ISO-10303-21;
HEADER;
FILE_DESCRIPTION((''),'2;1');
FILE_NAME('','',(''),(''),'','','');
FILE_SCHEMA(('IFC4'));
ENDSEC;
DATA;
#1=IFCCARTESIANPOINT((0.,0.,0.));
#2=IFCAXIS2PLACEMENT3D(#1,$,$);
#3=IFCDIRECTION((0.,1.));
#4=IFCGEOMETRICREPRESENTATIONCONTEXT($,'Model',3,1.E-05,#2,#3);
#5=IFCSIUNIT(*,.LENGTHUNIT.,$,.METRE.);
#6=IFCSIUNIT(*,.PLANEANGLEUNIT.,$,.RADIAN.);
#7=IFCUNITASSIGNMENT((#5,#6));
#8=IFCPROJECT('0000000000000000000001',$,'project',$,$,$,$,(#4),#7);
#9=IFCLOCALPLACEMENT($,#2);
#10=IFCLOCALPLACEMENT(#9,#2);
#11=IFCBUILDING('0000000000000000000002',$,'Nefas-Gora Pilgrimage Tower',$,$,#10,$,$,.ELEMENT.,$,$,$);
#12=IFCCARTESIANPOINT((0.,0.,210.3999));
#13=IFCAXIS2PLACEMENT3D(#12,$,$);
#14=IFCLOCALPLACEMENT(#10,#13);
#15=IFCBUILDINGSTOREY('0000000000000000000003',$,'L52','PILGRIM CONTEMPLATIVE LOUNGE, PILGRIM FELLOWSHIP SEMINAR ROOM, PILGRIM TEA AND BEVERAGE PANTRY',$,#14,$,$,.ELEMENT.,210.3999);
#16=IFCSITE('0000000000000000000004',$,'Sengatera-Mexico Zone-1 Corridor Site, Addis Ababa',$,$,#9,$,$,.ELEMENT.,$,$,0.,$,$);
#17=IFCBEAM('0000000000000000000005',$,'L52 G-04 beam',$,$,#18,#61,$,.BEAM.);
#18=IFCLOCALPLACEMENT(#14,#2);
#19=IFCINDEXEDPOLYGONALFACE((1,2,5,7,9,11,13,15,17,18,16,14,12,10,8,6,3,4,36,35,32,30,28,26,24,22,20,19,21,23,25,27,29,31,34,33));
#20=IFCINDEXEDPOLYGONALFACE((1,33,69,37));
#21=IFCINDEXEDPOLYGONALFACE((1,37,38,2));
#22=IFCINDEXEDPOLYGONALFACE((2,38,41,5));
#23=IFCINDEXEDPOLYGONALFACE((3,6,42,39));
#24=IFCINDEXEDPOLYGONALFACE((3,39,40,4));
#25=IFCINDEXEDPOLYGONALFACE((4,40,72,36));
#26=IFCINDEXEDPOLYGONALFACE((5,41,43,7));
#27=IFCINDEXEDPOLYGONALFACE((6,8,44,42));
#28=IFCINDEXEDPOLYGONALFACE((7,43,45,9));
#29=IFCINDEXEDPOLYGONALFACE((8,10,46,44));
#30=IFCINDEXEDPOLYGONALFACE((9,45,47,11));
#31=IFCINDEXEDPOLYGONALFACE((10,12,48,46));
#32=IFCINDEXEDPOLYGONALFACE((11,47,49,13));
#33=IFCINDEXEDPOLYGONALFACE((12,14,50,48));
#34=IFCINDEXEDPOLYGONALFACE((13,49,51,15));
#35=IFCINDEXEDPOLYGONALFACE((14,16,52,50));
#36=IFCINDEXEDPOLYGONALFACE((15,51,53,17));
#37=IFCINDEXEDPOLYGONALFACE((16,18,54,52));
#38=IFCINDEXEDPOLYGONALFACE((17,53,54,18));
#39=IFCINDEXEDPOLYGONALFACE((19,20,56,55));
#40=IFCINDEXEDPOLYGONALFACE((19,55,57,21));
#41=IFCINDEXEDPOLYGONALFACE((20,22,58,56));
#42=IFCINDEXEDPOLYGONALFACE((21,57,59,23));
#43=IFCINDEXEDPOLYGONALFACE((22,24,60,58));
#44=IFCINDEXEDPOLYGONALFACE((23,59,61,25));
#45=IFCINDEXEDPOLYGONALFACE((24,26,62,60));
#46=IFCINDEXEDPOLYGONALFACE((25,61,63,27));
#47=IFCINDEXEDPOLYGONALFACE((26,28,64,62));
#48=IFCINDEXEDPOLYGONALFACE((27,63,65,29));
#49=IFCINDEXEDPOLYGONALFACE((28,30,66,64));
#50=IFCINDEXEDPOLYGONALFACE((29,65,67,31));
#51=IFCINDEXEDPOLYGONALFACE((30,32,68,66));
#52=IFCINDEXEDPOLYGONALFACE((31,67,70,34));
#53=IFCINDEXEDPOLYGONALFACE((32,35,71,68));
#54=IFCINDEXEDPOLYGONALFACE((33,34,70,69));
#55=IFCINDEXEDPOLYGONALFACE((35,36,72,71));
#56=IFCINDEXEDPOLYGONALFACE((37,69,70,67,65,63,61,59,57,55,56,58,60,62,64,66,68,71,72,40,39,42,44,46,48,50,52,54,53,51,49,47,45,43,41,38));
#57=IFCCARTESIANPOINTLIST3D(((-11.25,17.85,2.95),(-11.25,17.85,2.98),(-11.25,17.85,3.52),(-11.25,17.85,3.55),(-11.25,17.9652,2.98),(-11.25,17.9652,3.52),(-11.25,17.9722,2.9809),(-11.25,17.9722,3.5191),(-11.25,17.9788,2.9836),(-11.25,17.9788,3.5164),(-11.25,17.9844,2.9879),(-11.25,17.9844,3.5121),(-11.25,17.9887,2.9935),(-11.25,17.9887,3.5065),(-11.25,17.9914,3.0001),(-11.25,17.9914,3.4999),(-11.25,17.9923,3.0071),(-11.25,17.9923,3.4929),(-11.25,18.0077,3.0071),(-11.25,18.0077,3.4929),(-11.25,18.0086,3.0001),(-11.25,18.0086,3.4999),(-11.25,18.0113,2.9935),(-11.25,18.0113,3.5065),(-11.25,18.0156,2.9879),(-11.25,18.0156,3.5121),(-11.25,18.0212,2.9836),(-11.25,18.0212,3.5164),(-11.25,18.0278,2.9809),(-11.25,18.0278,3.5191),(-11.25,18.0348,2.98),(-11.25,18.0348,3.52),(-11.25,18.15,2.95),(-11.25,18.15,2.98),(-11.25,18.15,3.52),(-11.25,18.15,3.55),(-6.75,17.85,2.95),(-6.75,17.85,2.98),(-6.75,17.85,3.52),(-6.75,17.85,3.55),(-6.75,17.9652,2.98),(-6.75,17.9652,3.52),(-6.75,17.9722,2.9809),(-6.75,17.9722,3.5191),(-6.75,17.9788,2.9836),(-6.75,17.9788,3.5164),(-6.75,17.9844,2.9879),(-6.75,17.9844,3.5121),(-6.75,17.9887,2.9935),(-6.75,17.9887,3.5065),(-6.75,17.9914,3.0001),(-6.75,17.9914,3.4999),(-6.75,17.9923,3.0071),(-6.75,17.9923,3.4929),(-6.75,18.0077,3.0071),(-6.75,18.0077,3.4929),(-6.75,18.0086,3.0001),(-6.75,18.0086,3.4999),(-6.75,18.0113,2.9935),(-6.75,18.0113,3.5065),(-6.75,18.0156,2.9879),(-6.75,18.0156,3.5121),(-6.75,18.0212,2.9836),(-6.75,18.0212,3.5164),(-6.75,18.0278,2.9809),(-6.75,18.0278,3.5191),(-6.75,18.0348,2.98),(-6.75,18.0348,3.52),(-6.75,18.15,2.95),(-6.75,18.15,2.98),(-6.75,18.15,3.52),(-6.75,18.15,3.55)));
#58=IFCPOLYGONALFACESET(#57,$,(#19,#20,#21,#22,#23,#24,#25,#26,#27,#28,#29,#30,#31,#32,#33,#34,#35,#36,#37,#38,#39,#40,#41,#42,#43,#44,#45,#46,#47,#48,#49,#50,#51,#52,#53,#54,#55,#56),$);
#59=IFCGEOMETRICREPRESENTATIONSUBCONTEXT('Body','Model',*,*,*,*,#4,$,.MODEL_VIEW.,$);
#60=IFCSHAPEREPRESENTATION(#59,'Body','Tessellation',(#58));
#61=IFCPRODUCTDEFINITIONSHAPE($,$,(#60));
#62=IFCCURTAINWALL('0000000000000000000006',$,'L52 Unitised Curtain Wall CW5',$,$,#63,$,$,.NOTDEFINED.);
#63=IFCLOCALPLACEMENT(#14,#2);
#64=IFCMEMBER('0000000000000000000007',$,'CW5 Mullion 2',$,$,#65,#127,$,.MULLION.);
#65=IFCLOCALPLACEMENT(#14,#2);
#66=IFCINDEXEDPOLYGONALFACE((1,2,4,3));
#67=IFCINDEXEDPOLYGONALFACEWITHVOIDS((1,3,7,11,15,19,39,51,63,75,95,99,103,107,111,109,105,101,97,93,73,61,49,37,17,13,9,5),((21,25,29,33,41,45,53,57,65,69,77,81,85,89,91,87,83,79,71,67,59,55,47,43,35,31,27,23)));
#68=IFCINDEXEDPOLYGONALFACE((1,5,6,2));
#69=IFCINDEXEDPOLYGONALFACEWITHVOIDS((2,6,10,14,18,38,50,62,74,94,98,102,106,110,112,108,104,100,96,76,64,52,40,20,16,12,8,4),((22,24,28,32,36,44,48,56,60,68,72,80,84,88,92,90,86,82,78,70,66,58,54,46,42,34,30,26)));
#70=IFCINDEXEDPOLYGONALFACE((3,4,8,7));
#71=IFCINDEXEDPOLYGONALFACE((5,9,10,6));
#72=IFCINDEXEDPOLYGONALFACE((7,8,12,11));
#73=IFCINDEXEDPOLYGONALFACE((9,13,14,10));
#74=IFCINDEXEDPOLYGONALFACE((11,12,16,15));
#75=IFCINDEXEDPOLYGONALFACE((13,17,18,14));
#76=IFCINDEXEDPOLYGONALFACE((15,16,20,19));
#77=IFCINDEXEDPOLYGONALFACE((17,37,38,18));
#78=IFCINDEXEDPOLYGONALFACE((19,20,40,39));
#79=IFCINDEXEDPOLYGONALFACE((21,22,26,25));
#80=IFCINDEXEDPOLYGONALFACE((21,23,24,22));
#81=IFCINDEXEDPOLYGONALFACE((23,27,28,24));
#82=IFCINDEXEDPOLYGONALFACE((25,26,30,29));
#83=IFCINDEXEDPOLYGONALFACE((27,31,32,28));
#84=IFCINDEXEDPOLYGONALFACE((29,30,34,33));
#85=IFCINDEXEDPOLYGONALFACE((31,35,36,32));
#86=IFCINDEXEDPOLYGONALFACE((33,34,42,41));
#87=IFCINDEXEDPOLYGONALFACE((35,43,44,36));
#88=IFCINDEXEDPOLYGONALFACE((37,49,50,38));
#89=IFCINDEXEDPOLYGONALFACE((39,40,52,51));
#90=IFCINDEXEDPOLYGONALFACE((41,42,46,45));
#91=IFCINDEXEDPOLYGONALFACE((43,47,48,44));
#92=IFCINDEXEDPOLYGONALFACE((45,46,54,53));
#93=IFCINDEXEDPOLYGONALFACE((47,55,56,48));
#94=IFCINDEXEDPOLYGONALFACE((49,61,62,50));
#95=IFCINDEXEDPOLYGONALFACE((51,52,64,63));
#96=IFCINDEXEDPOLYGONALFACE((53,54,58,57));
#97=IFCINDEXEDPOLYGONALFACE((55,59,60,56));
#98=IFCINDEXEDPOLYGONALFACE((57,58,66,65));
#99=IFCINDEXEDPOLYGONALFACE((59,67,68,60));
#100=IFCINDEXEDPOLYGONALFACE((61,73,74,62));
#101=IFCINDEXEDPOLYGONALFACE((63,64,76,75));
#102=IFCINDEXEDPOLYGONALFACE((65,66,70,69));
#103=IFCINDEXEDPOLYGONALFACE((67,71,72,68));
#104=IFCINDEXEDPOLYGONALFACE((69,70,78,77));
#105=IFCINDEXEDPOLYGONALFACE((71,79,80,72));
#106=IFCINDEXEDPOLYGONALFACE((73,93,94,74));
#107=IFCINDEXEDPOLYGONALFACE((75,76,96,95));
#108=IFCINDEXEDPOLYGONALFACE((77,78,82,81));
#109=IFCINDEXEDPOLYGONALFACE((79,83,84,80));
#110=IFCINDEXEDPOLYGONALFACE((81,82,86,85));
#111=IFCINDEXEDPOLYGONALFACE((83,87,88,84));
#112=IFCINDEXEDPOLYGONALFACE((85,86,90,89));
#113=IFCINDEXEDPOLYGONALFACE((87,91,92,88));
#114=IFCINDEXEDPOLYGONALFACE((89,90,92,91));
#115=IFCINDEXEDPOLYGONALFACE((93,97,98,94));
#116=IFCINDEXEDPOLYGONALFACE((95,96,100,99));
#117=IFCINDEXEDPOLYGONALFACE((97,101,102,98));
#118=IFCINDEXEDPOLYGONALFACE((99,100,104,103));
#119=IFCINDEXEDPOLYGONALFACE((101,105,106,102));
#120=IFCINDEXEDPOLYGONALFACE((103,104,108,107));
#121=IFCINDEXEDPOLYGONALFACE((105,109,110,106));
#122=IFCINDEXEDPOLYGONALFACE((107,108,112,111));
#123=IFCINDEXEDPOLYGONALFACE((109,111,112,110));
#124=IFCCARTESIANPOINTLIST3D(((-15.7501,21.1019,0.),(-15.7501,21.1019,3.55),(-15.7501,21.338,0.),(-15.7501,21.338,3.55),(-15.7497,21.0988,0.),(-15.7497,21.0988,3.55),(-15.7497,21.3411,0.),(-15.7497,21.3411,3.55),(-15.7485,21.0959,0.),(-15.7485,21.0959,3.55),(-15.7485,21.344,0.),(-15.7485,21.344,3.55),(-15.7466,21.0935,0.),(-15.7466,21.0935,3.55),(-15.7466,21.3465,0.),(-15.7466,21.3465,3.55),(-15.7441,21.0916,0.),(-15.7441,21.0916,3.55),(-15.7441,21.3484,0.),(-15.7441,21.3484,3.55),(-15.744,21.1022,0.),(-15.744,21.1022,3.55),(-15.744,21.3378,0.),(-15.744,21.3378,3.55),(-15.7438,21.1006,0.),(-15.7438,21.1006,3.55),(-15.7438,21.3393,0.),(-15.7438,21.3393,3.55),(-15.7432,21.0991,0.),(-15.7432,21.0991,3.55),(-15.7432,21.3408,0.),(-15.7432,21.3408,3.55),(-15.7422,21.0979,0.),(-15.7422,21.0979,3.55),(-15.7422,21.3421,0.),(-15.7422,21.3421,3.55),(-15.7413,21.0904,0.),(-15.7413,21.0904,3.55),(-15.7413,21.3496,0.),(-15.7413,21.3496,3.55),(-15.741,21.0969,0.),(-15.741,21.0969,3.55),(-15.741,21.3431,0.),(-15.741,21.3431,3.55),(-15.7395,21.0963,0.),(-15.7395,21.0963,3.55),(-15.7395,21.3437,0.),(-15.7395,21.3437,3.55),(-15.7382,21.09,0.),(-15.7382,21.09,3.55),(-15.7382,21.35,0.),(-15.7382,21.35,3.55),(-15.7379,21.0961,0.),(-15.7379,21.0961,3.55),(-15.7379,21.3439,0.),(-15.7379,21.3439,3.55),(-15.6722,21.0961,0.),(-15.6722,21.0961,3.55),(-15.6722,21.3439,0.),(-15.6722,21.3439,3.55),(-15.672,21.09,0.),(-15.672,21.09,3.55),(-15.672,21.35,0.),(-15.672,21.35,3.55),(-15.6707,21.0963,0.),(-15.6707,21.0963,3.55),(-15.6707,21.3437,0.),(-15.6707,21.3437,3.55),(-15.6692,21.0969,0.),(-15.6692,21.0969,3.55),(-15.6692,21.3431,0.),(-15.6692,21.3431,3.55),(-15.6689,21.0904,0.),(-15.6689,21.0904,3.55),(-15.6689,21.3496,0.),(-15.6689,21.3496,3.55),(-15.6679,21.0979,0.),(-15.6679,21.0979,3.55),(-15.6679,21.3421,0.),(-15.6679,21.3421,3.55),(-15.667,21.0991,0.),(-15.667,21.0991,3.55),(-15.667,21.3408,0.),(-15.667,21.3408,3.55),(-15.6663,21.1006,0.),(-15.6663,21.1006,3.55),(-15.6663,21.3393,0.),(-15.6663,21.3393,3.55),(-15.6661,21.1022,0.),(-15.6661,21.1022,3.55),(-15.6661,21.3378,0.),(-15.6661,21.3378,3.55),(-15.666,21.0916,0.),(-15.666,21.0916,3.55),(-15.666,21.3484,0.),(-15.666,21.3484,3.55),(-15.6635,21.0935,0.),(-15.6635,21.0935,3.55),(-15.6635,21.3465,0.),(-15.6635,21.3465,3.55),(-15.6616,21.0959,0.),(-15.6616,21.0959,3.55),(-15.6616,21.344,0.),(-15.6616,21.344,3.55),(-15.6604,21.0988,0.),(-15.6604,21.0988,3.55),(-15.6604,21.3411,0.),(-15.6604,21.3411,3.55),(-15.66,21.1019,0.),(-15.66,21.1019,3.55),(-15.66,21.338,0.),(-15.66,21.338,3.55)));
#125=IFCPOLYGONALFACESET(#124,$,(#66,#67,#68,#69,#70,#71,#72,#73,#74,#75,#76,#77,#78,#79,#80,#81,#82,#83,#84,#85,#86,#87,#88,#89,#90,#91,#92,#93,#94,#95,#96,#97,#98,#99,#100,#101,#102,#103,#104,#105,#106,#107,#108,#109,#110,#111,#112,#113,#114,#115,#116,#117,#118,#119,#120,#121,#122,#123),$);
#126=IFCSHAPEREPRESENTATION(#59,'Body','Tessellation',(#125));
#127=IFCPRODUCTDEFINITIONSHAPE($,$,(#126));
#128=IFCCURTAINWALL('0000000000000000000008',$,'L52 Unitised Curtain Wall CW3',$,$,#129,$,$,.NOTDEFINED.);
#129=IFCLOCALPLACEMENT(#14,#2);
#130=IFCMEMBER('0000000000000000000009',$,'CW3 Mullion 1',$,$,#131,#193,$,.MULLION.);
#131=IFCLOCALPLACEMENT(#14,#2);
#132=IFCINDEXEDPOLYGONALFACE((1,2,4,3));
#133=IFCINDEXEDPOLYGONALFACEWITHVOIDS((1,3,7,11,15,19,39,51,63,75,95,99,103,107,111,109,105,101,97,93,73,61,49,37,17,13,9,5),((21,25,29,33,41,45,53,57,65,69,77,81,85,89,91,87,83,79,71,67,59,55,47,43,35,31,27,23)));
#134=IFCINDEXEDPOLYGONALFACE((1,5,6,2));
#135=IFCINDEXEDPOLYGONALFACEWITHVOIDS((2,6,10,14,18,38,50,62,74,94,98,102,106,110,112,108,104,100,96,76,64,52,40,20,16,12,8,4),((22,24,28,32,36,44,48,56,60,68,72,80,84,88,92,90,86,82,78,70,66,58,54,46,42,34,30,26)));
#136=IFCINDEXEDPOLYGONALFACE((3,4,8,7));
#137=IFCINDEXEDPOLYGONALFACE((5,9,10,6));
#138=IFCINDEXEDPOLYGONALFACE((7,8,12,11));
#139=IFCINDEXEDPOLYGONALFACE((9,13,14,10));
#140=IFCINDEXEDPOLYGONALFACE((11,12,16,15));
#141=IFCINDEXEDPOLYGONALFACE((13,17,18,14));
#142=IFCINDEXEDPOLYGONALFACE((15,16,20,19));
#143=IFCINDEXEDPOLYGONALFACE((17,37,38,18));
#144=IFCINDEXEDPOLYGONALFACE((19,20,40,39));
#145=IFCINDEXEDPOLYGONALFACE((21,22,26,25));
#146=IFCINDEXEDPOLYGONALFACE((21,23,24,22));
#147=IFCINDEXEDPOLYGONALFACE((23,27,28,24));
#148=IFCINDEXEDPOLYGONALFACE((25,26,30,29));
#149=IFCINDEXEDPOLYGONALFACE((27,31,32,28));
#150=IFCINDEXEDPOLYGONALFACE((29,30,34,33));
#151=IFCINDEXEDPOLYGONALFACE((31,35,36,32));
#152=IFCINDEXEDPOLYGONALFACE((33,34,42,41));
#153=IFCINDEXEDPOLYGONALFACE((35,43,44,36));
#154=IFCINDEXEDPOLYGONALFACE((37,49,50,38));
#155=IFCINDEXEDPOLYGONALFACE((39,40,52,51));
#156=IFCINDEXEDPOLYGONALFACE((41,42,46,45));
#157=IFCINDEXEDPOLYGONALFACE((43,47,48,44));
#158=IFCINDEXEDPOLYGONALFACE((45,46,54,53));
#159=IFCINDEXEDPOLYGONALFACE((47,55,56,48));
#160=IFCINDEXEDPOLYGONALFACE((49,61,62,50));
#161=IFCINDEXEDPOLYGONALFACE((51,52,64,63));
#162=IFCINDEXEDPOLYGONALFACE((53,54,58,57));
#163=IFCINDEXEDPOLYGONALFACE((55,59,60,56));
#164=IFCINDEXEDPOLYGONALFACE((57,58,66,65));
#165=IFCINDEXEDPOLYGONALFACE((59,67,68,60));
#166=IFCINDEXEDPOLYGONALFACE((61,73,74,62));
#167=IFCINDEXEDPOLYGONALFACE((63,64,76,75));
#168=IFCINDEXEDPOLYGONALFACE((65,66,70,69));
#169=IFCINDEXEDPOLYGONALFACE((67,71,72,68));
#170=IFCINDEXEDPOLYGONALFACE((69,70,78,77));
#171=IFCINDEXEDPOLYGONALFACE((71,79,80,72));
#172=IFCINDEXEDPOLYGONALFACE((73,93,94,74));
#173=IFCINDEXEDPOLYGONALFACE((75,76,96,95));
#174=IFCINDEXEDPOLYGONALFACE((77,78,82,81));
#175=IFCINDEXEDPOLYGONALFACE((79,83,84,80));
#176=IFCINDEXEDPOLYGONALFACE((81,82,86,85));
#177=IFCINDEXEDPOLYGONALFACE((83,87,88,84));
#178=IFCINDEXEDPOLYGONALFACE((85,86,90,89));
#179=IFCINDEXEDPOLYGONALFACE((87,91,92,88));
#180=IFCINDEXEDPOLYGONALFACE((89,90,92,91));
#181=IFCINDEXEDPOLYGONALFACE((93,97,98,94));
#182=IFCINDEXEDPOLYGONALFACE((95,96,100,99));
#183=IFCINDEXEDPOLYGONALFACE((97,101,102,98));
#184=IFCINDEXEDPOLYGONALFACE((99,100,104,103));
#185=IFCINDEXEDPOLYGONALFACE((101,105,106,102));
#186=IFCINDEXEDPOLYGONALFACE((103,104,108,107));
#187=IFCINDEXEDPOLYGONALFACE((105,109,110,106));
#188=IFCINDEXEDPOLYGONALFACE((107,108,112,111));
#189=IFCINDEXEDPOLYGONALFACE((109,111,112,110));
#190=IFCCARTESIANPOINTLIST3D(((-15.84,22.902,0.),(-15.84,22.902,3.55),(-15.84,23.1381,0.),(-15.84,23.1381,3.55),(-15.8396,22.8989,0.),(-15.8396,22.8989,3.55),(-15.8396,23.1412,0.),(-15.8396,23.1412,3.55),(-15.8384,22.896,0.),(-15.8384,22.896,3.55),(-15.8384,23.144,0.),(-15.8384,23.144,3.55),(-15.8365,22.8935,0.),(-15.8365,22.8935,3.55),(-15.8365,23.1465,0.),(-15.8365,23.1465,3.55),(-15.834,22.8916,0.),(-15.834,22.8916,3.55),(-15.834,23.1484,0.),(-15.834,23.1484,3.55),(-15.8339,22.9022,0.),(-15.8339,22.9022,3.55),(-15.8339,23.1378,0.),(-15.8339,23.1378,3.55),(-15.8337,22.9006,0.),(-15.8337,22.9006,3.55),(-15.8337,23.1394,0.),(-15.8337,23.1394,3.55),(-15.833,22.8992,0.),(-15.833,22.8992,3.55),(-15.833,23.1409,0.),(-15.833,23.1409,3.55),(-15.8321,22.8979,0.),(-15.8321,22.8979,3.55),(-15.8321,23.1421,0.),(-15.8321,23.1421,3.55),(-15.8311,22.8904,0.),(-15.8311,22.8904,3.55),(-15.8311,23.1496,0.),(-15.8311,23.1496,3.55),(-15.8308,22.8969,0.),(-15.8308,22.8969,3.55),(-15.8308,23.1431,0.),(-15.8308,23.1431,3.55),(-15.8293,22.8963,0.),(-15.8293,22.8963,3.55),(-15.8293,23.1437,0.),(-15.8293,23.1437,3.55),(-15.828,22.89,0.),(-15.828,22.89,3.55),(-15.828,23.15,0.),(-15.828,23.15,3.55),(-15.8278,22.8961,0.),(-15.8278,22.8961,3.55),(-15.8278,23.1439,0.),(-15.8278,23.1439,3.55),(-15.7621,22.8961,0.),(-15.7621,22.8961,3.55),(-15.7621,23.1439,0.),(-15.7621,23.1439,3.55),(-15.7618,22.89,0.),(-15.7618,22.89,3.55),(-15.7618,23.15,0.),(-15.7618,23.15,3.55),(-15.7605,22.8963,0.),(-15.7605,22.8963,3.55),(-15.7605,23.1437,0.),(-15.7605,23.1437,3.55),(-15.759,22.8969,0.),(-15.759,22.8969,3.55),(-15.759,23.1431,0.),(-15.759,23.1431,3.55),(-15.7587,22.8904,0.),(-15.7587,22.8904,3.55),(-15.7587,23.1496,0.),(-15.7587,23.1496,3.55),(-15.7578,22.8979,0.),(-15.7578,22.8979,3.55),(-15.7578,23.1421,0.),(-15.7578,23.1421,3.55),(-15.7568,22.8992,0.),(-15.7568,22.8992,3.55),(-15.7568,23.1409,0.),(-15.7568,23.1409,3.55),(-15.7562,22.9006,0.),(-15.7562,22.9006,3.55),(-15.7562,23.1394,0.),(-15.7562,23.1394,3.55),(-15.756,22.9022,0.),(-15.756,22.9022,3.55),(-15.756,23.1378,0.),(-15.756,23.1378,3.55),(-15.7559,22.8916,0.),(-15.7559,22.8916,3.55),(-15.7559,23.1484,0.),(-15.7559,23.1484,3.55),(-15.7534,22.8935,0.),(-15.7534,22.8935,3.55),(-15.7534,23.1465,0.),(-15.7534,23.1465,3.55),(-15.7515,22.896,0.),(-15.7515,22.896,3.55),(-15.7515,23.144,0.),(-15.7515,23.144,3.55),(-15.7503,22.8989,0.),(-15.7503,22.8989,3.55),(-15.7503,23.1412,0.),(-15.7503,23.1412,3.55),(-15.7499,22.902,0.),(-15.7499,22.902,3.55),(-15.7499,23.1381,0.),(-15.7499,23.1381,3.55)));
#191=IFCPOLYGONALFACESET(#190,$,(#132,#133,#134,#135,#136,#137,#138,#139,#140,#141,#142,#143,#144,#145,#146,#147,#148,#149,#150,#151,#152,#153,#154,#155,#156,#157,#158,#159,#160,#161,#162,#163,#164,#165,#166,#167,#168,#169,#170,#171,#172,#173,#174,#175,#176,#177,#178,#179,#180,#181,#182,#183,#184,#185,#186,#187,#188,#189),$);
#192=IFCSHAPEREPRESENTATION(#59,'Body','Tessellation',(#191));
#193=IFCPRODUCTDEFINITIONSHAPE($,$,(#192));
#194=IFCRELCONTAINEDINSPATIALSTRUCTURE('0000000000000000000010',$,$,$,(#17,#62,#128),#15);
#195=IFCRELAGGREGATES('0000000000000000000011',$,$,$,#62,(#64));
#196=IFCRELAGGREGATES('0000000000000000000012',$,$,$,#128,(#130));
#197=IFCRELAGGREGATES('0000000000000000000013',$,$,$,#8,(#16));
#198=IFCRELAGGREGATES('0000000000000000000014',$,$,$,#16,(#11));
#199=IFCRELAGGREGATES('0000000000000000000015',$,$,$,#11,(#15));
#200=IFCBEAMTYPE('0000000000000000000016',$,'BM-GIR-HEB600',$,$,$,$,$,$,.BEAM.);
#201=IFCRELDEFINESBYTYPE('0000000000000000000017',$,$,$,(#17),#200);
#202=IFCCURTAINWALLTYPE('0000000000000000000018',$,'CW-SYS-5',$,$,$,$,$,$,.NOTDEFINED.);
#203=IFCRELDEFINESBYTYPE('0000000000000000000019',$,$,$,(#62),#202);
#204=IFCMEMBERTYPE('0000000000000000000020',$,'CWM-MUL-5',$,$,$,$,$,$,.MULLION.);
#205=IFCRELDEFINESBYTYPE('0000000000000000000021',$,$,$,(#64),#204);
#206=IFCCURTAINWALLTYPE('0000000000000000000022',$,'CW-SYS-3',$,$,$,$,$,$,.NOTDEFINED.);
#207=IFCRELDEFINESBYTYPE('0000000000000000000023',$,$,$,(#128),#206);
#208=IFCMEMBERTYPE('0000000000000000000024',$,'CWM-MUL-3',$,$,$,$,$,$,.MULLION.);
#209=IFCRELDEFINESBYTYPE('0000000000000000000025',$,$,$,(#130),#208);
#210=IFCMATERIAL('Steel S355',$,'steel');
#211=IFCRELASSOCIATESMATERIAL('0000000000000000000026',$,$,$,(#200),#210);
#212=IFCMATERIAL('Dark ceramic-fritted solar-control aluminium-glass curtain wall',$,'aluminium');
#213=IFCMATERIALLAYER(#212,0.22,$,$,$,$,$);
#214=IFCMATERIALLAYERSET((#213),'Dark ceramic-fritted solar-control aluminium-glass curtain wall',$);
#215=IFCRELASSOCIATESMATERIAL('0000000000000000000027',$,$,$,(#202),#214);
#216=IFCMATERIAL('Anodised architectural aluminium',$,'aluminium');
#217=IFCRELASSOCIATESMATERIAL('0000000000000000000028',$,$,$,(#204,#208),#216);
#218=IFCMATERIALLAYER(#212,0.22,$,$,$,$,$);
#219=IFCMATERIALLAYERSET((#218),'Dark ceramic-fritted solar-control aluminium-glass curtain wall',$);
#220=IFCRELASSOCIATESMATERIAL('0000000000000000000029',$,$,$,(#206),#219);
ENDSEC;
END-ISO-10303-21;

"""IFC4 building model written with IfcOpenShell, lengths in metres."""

from ifc_helpers import new_model, si_unit, direction, frame, origin, origin_2d, place, context, subcontext, project, spatial, hollow_rectangle, i_section, extrude, source, transform, mapped, material, layer, layer_set, material_profile, profile_set, type_object, element, aggregate, save


model = new_model("IFC4")

# Units and contexts
model_context = context("Model", 3, precision=1e-05, world=origin(), true_north=direction((0.0, 1.0)))
body_context = subcontext(model_context, "Body", "Model", "MODEL_VIEW")
ifc_project = project(units=[si_unit("LENGTHUNIT", "METRE"), si_unit("PLANEANGLEUNIT", "RADIAN")], contexts=[model_context])

# Site, building, storey
site_placement = place(None, origin())
site = spatial("IfcSite", under=ifc_project, at=site_placement, Name="Sengatera-Mexico Zone-1 Corridor Site, Addis Ababa", CompositionType="ELEMENT", RefElevation=0.0)
building_placement = place(site_placement, origin())
building = spatial("IfcBuilding", under=site, at=building_placement, Name="Nefas-Gora Pilgrimage Tower", CompositionType="ELEMENT")
storey_placement = place(building_placement, frame((0.0, 0.0, 210.3999)))
storey = spatial("IfcBuildingStorey", under=building, at=storey_placement, Name="L52", Description="PILGRIM CONTEMPLATIVE LOUNGE, PILGRIM FELLOWSHIP SEMINAR ROOM, PILGRIM TEA AND BEVERAGE PANTRY", CompositionType="ELEMENT", Elevation=210.3999)

# Beam
ifc_material_1 = material(Name="Steel S355", Category="steel")
ifc_material_profile_1 = material_profile(ifc_material_1, i_section(OverallWidth=0.3, OverallDepth=0.6001, WebThickness=0.0154, FlangeThickness=0.03, FilletRadius=0.0271, at=origin_2d()), Name="HEB 600")
ifc_profile_set_1 = profile_set([ifc_material_profile_1], Name="Steel S355")
beam_type = type_object("IfcBeamType", Name="BM-GIR-HEB600", PredefinedType="BEAM", material=ifc_profile_set_1)
shared_shape_1 = source(origin(), body_context, "Body", "SweptSolid", [
    extrude(i_section(OverallWidth=0.3, OverallDepth=0.6001, WebThickness=0.0154, FlangeThickness=0.03, FilletRadius=0.0271, at=origin_2d()), origin(), (0.0, 0.0, 1.0), 4.5),
])
beam_placement = place(storey_placement, frame((-11.25, 18.0, 3.25), z_axis=(1.0, 0.0, 0.0), x_axis=(0.0, 1.0, 0.0)))
element("IfcBeam", 1, at=beam_placement, inside=storey, type_object=beam_type, Name="L52 G-04 beam", PredefinedType="BEAM", context=body_context, shape_type="MappedRepresentation", body=[
    mapped(shared_shape_1, transform((0.0, 0.0, 0.0), x_axis=(1.0, 0.0, 0.0), y_axis=(0.0, 1.0, 0.0), z_axis=(0.0, 0.0, 1.0), scale=1.0)),
])

# Curtain wall, member
ifc_material_2 = material(Name="Dark ceramic-fritted solar-control aluminium-glass curtain wall", Category="aluminium")
ifc_layer_1 = layer(ifc_material_2, 0.22)
ifc_layer_set_1 = layer_set([ifc_layer_1], Name="Dark ceramic-fritted solar-control aluminium-glass curtain wall")
curtain_wall_type_1 = type_object("IfcCurtainWallType", Name="CW-SYS-5", PredefinedType="NOTDEFINED", material=ifc_layer_set_1)
curtain_wall_1_placement = place(storey_placement, origin())
curtain_wall_1 = element("IfcCurtainWall", 2, at=curtain_wall_1_placement, inside=storey, type_object=curtain_wall_type_1, Name="L52 Unitised Curtain Wall CW5", PredefinedType="NOTDEFINED")
ifc_material_3 = material(Name="Anodised architectural aluminium", Category="aluminium")
ifc_material_profile_2 = material_profile(ifc_material_3, hollow_rectangle(XDim=0.0901, YDim=0.26, WallThickness=0.0061, InnerFilletRadius=0.0061, OuterFilletRadius=0.012, at=origin_2d()), Name="ALU MULLION 90x260")
ifc_profile_set_2 = profile_set([ifc_material_profile_2], Name="Anodised architectural aluminium")
member_type_1 = type_object("IfcMemberType", Name="CWM-MUL-5", PredefinedType="MULLION", material=ifc_profile_set_2)
shared_shape_2 = source(origin(), body_context, "Body", "SweptSolid", [
    extrude(hollow_rectangle(XDim=0.0901, YDim=0.26, WallThickness=0.0061, InnerFilletRadius=0.0061, OuterFilletRadius=0.012, at=origin_2d()), origin(), (0.0, 0.0, 1.0), 3.55),
])
member_1_placement = place(storey_placement, frame((-15.7051, 21.22, 0.0), z_axis=(0.0, 0.0, 1.0), x_axis=(-1.0, 0.0, 0.0)))
member_1 = element("IfcMember", 3, at=member_1_placement, type_object=member_type_1, Name="CW5 Mullion 2", PredefinedType="MULLION", context=body_context, shape_type="MappedRepresentation", body=[
    mapped(shared_shape_2, transform((0.0, 0.0, 0.0), x_axis=(1.0, 0.0, 0.0), y_axis=(0.0, 1.0, 0.0), z_axis=(0.0, 0.0, 1.0), scale=1.0)),
])

# Curtain wall, member
ifc_layer_2 = layer(ifc_material_2, 0.22)
ifc_layer_set_2 = layer_set([ifc_layer_2], Name="Dark ceramic-fritted solar-control aluminium-glass curtain wall")
curtain_wall_type_2 = type_object("IfcCurtainWallType", Name="CW-SYS-3", PredefinedType="NOTDEFINED", material=ifc_layer_set_2)
curtain_wall_2_placement = place(storey_placement, origin())
curtain_wall_2 = element("IfcCurtainWall", 4, at=curtain_wall_2_placement, inside=storey, type_object=curtain_wall_type_2, Name="L52 Unitised Curtain Wall CW3", PredefinedType="NOTDEFINED")
ifc_material_profile_3 = material_profile(ifc_material_3, hollow_rectangle(XDim=0.0901, YDim=0.26, WallThickness=0.0061, InnerFilletRadius=0.0061, OuterFilletRadius=0.012, at=origin_2d()), Name="ALU MULLION 90x260")
ifc_profile_set_3 = profile_set([ifc_material_profile_3], Name="Anodised architectural aluminium")
member_type_2 = type_object("IfcMemberType", Name="CWM-MUL-3", PredefinedType="MULLION", material=ifc_profile_set_3)
shared_shape_3 = source(origin(), body_context, "Body", "SweptSolid", [
    extrude(hollow_rectangle(XDim=0.0901, YDim=0.26, WallThickness=0.0061, InnerFilletRadius=0.0061, OuterFilletRadius=0.012, at=origin_2d()), origin(), (0.0, 0.0, 1.0), 3.55),
])
member_2_placement = place(storey_placement, frame((-15.7949, 23.02, 0.0), z_axis=(0.0, 0.0, 1.0), x_axis=(-1.0, 0.0, 0.0)))
member_2 = element("IfcMember", 5, at=member_2_placement, type_object=member_type_2, Name="CW3 Mullion 1", PredefinedType="MULLION", context=body_context, shape_type="MappedRepresentation", body=[
    mapped(shared_shape_3, transform((0.0, 0.0, 0.0), x_axis=(1.0, 0.0, 0.0), y_axis=(0.0, 1.0, 0.0), z_axis=(0.0, 0.0, 1.0), scale=1.0)),
])

aggregate(curtain_wall_1, [member_1])
aggregate(curtain_wall_2, [member_2])

save(model, "model.ifc")
